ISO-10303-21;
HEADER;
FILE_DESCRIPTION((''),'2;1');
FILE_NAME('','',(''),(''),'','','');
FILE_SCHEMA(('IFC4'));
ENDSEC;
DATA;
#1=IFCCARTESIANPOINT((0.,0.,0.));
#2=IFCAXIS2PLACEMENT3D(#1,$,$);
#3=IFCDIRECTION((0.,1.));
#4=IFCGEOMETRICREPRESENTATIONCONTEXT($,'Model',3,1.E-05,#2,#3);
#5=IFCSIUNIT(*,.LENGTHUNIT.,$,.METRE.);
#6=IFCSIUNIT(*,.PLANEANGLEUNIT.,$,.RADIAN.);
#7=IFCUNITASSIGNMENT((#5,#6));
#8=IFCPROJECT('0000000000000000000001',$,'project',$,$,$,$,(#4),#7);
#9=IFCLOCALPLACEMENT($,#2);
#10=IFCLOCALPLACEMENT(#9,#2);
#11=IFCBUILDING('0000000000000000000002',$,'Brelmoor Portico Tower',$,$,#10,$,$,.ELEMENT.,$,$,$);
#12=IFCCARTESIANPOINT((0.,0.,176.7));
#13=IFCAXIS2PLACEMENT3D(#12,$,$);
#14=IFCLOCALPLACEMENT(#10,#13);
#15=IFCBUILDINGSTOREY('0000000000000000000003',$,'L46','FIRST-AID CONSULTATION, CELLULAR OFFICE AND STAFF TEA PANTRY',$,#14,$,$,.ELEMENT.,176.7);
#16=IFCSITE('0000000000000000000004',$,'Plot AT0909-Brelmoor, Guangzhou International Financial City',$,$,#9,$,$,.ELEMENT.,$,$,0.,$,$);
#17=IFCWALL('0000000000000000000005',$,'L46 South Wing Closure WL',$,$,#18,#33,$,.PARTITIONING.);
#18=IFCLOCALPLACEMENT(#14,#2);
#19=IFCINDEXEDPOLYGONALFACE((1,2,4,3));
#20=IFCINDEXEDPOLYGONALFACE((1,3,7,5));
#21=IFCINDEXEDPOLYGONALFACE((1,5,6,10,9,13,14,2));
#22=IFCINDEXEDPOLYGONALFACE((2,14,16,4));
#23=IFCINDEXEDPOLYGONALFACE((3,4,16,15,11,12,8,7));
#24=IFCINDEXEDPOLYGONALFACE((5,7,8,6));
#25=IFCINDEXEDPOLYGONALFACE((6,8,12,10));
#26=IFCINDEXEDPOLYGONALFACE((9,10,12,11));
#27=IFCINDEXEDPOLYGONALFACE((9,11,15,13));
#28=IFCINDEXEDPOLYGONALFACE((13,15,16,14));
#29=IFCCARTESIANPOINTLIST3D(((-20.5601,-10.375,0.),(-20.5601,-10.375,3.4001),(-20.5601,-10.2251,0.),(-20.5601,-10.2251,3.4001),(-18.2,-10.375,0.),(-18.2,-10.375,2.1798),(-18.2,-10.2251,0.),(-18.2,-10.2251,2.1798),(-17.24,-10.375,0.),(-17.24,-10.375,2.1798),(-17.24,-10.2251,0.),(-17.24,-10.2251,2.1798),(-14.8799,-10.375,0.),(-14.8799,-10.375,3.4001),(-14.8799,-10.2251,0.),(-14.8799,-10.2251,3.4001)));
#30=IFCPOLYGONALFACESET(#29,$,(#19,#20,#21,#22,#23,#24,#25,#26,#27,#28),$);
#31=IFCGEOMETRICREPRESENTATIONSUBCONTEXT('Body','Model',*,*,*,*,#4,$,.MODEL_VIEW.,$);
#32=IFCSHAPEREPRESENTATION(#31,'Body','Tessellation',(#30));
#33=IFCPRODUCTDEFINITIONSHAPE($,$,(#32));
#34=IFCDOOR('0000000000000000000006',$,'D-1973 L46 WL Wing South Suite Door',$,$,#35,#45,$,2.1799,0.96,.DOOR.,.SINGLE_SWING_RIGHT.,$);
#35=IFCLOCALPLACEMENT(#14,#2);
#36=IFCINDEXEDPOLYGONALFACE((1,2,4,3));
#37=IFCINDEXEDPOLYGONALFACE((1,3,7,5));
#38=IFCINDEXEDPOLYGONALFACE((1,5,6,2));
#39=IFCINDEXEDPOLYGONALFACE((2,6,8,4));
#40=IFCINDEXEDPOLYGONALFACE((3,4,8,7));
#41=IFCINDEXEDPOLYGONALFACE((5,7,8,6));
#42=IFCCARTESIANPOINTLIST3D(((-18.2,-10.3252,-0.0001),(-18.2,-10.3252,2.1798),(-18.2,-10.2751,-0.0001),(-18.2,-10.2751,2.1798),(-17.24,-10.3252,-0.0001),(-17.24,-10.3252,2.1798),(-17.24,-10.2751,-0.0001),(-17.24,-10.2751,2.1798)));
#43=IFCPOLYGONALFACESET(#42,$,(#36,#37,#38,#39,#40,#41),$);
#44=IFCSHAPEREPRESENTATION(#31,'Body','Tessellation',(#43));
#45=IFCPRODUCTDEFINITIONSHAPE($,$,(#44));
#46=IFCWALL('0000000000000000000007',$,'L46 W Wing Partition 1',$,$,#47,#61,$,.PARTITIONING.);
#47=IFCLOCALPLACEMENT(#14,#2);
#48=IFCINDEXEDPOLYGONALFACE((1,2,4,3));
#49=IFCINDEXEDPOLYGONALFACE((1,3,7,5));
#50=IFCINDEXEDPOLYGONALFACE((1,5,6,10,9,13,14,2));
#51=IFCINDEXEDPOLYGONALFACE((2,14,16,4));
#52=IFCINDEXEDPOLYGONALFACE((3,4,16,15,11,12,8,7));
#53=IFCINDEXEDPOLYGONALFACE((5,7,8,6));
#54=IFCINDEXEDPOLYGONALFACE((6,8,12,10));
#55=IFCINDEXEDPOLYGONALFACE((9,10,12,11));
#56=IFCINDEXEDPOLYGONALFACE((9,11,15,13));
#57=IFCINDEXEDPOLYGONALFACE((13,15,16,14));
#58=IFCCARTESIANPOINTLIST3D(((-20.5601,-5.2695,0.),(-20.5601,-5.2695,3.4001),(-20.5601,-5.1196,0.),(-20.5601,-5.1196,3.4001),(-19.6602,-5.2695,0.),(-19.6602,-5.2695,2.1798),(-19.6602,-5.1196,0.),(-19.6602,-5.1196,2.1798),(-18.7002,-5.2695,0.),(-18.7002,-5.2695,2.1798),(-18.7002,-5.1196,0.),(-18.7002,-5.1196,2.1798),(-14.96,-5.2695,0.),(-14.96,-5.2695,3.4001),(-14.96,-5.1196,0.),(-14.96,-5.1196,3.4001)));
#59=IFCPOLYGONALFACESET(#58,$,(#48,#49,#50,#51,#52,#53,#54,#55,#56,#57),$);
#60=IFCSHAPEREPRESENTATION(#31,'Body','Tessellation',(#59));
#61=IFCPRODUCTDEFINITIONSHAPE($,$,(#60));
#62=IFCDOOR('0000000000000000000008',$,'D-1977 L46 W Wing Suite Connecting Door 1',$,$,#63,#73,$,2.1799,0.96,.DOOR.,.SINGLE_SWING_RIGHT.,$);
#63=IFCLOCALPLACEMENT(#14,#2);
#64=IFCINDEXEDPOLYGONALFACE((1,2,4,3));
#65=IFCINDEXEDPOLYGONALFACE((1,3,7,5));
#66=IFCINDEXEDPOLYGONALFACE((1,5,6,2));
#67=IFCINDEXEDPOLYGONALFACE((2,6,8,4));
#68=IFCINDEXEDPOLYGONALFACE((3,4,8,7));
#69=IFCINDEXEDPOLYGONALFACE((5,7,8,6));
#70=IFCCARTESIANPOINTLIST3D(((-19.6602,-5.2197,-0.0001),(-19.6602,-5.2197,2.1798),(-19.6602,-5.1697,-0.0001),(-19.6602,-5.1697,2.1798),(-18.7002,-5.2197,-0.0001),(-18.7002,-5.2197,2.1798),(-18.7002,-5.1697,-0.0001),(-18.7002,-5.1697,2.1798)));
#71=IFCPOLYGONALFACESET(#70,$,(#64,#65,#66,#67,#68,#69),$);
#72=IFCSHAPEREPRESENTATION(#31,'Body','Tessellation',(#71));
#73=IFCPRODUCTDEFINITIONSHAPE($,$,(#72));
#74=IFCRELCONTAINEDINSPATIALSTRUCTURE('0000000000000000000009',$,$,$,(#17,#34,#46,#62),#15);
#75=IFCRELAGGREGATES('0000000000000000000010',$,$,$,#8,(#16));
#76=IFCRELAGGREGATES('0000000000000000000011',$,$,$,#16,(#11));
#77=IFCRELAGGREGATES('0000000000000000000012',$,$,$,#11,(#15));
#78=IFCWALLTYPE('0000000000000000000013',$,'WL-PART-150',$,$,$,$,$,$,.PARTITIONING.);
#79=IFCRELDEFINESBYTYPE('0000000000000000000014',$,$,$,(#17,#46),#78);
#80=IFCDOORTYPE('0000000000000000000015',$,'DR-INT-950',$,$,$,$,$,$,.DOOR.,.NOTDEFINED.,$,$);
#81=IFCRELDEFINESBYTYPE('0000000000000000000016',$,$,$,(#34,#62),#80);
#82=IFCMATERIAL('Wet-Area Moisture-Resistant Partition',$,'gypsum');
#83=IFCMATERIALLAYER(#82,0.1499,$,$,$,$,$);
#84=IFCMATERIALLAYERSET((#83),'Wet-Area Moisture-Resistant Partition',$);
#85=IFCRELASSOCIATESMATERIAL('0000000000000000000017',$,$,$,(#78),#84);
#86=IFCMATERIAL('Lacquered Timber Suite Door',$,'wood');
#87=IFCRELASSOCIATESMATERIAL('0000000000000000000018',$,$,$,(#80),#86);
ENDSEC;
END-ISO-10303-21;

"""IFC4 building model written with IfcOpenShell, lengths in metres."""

from ifc_helpers import new_model, si_unit, direction, frame, frame_2d, origin, place, context, subcontext, project, spatial, rectangle, extrude, material, layer, layer_set, type_object, element, fill, save


model = new_model("IFC4")

# Units and contexts
model_context = context("Model", 3, precision=1e-05, world=origin(), true_north=direction((0.0, 1.0)))
body_context = subcontext(model_context, "Body", "Model", "MODEL_VIEW")
ifc_project = project(units=[si_unit("LENGTHUNIT", "METRE"), si_unit("PLANEANGLEUNIT", "RADIAN")], contexts=[model_context])

# Site, building, storey
site_placement = place(None, origin())
site = spatial("IfcSite", under=ifc_project, at=site_placement, Name="Plot AT0909-Brelmoor, Guangzhou International Financial City", CompositionType="ELEMENT", RefElevation=0.0)
building_placement = place(site_placement, origin())
building = spatial("IfcBuilding", under=site, at=building_placement, Name="Brelmoor Portico Tower", CompositionType="ELEMENT")
storey_placement = place(building_placement, frame((0.0, 0.0, 176.7)))
storey = spatial("IfcBuildingStorey", under=building, at=storey_placement, Name="L46", Description="FIRST-AID CONSULTATION, CELLULAR OFFICE AND STAFF TEA PANTRY", CompositionType="ELEMENT", Elevation=176.7)

# Walls, openings, doors
ifc_material_1 = material(Name="Wet-Area Moisture-Resistant Partition", Category="gypsum")
ifc_layer_1 = layer(ifc_material_1, 0.1499)
ifc_layer_set_1 = layer_set([ifc_layer_1], Name="Wet-Area Moisture-Resistant Partition")
wall_type = type_object("IfcWallType", Name="WL-PART-150", PredefinedType="PARTITIONING", material=ifc_layer_set_1)
wall_1_placement = place(storey_placement, frame((-20.5601, -10.3, 0.0), z_axis=(0.0, 0.0, 1.0), x_axis=(1.0, 0.0, 0.0)))
wall_1 = element("IfcWall", 1, at=wall_1_placement, inside=storey, type_object=wall_type, Name="L46 South Wing Closure WL", PredefinedType="PARTITIONING", context=body_context, shape_type="SweptSolid", body=[
    extrude(rectangle(XDim=5.6802, YDim=0.1499, at=frame_2d((2.8401, 0.0))), origin(), (0.0, 0.0, 1.0), 3.4001),
])
opening_1_placement = place(wall_1_placement, frame((2.3601, 0.0, 0.0)))
opening_1 = element("IfcOpeningElement", 2, at=opening_1_placement, cuts=wall_1, PredefinedType="OPENING", context=body_context, shape_type="SweptSolid", body=[
    extrude(rectangle(XDim=0.96, YDim=2.1799, at=frame_2d((0.48, 1.0898))), frame((0.0, 0.085, 0.0), z_axis=(0.0, -1.0, 0.0), x_axis=(1.0, 0.0, 0.0)), (0.0, 0.0, 1.0), 0.1699),
])
ifc_material_2 = material(Name="Lacquered Timber Suite Door", Category="wood")
door_type = type_object("IfcDoorType", Name="DR-INT-950", OperationType="NOTDEFINED", PredefinedType="DOOR", material=ifc_material_2)
door_1_placement = place(opening_1_placement, origin())
door_1 = element("IfcDoor", 3, at=door_1_placement, inside=storey, type_object=door_type, Name="D-1973 L46 WL Wing South Suite Door", OperationType="SINGLE_SWING_RIGHT", OverallHeight=2.1799, OverallWidth=0.96, PredefinedType="DOOR", context=body_context, shape_type="SweptSolid", body=[
    extrude(rectangle(XDim=0.96, YDim=2.1799, at=frame_2d((0.48, 1.0898))), frame((0.0, 0.0249, 0.0), z_axis=(0.0, -1.0, 0.0), x_axis=(1.0, 0.0, 0.0)), (0.0, 0.0, 1.0), 0.05),
])
fill(opening_1, door_1)
wall_2_placement = place(storey_placement, frame((-20.5601, -5.1946, 0.0), z_axis=(0.0, 0.0, 1.0), x_axis=(1.0, 0.0, 0.0)))
wall_2 = element("IfcWall", 4, at=wall_2_placement, inside=storey, type_object=wall_type, Name="L46 W Wing Partition 1", PredefinedType="PARTITIONING", context=body_context, shape_type="SweptSolid", body=[
    extrude(rectangle(XDim=5.6001, YDim=0.1499, at=frame_2d((2.8, 0.0))), origin(), (0.0, 0.0, 1.0), 3.4001),
])
opening_2_placement = place(wall_2_placement, frame((0.8999, 0.0, 0.0)))
opening_2 = element("IfcOpeningElement", 5, at=opening_2_placement, cuts=wall_2, PredefinedType="OPENING", context=body_context, shape_type="SweptSolid", body=[
    extrude(rectangle(XDim=0.96, YDim=2.1799, at=frame_2d((0.48, 1.0898))), frame((0.0, 0.085, 0.0), z_axis=(0.0, -1.0, 0.0), x_axis=(1.0, 0.0, 0.0)), (0.0, 0.0, 1.0), 0.1699),
])
door_2_placement = place(opening_2_placement, origin())
door_2 = element("IfcDoor", 6, at=door_2_placement, inside=storey, type_object=door_type, Name="D-1977 L46 W Wing Suite Connecting Door 1", OperationType="SINGLE_SWING_RIGHT", OverallHeight=2.1799, OverallWidth=0.96, PredefinedType="DOOR", context=body_context, shape_type="SweptSolid", body=[
    extrude(rectangle(XDim=0.96, YDim=2.1799, at=frame_2d((0.48, 1.0898))), frame((0.0, 0.0249, 0.0), z_axis=(0.0, -1.0, 0.0), x_axis=(1.0, 0.0, 0.0)), (0.0, 0.0, 1.0), 0.05),
])
fill(opening_2, door_2)

save(model, "model.ifc")
